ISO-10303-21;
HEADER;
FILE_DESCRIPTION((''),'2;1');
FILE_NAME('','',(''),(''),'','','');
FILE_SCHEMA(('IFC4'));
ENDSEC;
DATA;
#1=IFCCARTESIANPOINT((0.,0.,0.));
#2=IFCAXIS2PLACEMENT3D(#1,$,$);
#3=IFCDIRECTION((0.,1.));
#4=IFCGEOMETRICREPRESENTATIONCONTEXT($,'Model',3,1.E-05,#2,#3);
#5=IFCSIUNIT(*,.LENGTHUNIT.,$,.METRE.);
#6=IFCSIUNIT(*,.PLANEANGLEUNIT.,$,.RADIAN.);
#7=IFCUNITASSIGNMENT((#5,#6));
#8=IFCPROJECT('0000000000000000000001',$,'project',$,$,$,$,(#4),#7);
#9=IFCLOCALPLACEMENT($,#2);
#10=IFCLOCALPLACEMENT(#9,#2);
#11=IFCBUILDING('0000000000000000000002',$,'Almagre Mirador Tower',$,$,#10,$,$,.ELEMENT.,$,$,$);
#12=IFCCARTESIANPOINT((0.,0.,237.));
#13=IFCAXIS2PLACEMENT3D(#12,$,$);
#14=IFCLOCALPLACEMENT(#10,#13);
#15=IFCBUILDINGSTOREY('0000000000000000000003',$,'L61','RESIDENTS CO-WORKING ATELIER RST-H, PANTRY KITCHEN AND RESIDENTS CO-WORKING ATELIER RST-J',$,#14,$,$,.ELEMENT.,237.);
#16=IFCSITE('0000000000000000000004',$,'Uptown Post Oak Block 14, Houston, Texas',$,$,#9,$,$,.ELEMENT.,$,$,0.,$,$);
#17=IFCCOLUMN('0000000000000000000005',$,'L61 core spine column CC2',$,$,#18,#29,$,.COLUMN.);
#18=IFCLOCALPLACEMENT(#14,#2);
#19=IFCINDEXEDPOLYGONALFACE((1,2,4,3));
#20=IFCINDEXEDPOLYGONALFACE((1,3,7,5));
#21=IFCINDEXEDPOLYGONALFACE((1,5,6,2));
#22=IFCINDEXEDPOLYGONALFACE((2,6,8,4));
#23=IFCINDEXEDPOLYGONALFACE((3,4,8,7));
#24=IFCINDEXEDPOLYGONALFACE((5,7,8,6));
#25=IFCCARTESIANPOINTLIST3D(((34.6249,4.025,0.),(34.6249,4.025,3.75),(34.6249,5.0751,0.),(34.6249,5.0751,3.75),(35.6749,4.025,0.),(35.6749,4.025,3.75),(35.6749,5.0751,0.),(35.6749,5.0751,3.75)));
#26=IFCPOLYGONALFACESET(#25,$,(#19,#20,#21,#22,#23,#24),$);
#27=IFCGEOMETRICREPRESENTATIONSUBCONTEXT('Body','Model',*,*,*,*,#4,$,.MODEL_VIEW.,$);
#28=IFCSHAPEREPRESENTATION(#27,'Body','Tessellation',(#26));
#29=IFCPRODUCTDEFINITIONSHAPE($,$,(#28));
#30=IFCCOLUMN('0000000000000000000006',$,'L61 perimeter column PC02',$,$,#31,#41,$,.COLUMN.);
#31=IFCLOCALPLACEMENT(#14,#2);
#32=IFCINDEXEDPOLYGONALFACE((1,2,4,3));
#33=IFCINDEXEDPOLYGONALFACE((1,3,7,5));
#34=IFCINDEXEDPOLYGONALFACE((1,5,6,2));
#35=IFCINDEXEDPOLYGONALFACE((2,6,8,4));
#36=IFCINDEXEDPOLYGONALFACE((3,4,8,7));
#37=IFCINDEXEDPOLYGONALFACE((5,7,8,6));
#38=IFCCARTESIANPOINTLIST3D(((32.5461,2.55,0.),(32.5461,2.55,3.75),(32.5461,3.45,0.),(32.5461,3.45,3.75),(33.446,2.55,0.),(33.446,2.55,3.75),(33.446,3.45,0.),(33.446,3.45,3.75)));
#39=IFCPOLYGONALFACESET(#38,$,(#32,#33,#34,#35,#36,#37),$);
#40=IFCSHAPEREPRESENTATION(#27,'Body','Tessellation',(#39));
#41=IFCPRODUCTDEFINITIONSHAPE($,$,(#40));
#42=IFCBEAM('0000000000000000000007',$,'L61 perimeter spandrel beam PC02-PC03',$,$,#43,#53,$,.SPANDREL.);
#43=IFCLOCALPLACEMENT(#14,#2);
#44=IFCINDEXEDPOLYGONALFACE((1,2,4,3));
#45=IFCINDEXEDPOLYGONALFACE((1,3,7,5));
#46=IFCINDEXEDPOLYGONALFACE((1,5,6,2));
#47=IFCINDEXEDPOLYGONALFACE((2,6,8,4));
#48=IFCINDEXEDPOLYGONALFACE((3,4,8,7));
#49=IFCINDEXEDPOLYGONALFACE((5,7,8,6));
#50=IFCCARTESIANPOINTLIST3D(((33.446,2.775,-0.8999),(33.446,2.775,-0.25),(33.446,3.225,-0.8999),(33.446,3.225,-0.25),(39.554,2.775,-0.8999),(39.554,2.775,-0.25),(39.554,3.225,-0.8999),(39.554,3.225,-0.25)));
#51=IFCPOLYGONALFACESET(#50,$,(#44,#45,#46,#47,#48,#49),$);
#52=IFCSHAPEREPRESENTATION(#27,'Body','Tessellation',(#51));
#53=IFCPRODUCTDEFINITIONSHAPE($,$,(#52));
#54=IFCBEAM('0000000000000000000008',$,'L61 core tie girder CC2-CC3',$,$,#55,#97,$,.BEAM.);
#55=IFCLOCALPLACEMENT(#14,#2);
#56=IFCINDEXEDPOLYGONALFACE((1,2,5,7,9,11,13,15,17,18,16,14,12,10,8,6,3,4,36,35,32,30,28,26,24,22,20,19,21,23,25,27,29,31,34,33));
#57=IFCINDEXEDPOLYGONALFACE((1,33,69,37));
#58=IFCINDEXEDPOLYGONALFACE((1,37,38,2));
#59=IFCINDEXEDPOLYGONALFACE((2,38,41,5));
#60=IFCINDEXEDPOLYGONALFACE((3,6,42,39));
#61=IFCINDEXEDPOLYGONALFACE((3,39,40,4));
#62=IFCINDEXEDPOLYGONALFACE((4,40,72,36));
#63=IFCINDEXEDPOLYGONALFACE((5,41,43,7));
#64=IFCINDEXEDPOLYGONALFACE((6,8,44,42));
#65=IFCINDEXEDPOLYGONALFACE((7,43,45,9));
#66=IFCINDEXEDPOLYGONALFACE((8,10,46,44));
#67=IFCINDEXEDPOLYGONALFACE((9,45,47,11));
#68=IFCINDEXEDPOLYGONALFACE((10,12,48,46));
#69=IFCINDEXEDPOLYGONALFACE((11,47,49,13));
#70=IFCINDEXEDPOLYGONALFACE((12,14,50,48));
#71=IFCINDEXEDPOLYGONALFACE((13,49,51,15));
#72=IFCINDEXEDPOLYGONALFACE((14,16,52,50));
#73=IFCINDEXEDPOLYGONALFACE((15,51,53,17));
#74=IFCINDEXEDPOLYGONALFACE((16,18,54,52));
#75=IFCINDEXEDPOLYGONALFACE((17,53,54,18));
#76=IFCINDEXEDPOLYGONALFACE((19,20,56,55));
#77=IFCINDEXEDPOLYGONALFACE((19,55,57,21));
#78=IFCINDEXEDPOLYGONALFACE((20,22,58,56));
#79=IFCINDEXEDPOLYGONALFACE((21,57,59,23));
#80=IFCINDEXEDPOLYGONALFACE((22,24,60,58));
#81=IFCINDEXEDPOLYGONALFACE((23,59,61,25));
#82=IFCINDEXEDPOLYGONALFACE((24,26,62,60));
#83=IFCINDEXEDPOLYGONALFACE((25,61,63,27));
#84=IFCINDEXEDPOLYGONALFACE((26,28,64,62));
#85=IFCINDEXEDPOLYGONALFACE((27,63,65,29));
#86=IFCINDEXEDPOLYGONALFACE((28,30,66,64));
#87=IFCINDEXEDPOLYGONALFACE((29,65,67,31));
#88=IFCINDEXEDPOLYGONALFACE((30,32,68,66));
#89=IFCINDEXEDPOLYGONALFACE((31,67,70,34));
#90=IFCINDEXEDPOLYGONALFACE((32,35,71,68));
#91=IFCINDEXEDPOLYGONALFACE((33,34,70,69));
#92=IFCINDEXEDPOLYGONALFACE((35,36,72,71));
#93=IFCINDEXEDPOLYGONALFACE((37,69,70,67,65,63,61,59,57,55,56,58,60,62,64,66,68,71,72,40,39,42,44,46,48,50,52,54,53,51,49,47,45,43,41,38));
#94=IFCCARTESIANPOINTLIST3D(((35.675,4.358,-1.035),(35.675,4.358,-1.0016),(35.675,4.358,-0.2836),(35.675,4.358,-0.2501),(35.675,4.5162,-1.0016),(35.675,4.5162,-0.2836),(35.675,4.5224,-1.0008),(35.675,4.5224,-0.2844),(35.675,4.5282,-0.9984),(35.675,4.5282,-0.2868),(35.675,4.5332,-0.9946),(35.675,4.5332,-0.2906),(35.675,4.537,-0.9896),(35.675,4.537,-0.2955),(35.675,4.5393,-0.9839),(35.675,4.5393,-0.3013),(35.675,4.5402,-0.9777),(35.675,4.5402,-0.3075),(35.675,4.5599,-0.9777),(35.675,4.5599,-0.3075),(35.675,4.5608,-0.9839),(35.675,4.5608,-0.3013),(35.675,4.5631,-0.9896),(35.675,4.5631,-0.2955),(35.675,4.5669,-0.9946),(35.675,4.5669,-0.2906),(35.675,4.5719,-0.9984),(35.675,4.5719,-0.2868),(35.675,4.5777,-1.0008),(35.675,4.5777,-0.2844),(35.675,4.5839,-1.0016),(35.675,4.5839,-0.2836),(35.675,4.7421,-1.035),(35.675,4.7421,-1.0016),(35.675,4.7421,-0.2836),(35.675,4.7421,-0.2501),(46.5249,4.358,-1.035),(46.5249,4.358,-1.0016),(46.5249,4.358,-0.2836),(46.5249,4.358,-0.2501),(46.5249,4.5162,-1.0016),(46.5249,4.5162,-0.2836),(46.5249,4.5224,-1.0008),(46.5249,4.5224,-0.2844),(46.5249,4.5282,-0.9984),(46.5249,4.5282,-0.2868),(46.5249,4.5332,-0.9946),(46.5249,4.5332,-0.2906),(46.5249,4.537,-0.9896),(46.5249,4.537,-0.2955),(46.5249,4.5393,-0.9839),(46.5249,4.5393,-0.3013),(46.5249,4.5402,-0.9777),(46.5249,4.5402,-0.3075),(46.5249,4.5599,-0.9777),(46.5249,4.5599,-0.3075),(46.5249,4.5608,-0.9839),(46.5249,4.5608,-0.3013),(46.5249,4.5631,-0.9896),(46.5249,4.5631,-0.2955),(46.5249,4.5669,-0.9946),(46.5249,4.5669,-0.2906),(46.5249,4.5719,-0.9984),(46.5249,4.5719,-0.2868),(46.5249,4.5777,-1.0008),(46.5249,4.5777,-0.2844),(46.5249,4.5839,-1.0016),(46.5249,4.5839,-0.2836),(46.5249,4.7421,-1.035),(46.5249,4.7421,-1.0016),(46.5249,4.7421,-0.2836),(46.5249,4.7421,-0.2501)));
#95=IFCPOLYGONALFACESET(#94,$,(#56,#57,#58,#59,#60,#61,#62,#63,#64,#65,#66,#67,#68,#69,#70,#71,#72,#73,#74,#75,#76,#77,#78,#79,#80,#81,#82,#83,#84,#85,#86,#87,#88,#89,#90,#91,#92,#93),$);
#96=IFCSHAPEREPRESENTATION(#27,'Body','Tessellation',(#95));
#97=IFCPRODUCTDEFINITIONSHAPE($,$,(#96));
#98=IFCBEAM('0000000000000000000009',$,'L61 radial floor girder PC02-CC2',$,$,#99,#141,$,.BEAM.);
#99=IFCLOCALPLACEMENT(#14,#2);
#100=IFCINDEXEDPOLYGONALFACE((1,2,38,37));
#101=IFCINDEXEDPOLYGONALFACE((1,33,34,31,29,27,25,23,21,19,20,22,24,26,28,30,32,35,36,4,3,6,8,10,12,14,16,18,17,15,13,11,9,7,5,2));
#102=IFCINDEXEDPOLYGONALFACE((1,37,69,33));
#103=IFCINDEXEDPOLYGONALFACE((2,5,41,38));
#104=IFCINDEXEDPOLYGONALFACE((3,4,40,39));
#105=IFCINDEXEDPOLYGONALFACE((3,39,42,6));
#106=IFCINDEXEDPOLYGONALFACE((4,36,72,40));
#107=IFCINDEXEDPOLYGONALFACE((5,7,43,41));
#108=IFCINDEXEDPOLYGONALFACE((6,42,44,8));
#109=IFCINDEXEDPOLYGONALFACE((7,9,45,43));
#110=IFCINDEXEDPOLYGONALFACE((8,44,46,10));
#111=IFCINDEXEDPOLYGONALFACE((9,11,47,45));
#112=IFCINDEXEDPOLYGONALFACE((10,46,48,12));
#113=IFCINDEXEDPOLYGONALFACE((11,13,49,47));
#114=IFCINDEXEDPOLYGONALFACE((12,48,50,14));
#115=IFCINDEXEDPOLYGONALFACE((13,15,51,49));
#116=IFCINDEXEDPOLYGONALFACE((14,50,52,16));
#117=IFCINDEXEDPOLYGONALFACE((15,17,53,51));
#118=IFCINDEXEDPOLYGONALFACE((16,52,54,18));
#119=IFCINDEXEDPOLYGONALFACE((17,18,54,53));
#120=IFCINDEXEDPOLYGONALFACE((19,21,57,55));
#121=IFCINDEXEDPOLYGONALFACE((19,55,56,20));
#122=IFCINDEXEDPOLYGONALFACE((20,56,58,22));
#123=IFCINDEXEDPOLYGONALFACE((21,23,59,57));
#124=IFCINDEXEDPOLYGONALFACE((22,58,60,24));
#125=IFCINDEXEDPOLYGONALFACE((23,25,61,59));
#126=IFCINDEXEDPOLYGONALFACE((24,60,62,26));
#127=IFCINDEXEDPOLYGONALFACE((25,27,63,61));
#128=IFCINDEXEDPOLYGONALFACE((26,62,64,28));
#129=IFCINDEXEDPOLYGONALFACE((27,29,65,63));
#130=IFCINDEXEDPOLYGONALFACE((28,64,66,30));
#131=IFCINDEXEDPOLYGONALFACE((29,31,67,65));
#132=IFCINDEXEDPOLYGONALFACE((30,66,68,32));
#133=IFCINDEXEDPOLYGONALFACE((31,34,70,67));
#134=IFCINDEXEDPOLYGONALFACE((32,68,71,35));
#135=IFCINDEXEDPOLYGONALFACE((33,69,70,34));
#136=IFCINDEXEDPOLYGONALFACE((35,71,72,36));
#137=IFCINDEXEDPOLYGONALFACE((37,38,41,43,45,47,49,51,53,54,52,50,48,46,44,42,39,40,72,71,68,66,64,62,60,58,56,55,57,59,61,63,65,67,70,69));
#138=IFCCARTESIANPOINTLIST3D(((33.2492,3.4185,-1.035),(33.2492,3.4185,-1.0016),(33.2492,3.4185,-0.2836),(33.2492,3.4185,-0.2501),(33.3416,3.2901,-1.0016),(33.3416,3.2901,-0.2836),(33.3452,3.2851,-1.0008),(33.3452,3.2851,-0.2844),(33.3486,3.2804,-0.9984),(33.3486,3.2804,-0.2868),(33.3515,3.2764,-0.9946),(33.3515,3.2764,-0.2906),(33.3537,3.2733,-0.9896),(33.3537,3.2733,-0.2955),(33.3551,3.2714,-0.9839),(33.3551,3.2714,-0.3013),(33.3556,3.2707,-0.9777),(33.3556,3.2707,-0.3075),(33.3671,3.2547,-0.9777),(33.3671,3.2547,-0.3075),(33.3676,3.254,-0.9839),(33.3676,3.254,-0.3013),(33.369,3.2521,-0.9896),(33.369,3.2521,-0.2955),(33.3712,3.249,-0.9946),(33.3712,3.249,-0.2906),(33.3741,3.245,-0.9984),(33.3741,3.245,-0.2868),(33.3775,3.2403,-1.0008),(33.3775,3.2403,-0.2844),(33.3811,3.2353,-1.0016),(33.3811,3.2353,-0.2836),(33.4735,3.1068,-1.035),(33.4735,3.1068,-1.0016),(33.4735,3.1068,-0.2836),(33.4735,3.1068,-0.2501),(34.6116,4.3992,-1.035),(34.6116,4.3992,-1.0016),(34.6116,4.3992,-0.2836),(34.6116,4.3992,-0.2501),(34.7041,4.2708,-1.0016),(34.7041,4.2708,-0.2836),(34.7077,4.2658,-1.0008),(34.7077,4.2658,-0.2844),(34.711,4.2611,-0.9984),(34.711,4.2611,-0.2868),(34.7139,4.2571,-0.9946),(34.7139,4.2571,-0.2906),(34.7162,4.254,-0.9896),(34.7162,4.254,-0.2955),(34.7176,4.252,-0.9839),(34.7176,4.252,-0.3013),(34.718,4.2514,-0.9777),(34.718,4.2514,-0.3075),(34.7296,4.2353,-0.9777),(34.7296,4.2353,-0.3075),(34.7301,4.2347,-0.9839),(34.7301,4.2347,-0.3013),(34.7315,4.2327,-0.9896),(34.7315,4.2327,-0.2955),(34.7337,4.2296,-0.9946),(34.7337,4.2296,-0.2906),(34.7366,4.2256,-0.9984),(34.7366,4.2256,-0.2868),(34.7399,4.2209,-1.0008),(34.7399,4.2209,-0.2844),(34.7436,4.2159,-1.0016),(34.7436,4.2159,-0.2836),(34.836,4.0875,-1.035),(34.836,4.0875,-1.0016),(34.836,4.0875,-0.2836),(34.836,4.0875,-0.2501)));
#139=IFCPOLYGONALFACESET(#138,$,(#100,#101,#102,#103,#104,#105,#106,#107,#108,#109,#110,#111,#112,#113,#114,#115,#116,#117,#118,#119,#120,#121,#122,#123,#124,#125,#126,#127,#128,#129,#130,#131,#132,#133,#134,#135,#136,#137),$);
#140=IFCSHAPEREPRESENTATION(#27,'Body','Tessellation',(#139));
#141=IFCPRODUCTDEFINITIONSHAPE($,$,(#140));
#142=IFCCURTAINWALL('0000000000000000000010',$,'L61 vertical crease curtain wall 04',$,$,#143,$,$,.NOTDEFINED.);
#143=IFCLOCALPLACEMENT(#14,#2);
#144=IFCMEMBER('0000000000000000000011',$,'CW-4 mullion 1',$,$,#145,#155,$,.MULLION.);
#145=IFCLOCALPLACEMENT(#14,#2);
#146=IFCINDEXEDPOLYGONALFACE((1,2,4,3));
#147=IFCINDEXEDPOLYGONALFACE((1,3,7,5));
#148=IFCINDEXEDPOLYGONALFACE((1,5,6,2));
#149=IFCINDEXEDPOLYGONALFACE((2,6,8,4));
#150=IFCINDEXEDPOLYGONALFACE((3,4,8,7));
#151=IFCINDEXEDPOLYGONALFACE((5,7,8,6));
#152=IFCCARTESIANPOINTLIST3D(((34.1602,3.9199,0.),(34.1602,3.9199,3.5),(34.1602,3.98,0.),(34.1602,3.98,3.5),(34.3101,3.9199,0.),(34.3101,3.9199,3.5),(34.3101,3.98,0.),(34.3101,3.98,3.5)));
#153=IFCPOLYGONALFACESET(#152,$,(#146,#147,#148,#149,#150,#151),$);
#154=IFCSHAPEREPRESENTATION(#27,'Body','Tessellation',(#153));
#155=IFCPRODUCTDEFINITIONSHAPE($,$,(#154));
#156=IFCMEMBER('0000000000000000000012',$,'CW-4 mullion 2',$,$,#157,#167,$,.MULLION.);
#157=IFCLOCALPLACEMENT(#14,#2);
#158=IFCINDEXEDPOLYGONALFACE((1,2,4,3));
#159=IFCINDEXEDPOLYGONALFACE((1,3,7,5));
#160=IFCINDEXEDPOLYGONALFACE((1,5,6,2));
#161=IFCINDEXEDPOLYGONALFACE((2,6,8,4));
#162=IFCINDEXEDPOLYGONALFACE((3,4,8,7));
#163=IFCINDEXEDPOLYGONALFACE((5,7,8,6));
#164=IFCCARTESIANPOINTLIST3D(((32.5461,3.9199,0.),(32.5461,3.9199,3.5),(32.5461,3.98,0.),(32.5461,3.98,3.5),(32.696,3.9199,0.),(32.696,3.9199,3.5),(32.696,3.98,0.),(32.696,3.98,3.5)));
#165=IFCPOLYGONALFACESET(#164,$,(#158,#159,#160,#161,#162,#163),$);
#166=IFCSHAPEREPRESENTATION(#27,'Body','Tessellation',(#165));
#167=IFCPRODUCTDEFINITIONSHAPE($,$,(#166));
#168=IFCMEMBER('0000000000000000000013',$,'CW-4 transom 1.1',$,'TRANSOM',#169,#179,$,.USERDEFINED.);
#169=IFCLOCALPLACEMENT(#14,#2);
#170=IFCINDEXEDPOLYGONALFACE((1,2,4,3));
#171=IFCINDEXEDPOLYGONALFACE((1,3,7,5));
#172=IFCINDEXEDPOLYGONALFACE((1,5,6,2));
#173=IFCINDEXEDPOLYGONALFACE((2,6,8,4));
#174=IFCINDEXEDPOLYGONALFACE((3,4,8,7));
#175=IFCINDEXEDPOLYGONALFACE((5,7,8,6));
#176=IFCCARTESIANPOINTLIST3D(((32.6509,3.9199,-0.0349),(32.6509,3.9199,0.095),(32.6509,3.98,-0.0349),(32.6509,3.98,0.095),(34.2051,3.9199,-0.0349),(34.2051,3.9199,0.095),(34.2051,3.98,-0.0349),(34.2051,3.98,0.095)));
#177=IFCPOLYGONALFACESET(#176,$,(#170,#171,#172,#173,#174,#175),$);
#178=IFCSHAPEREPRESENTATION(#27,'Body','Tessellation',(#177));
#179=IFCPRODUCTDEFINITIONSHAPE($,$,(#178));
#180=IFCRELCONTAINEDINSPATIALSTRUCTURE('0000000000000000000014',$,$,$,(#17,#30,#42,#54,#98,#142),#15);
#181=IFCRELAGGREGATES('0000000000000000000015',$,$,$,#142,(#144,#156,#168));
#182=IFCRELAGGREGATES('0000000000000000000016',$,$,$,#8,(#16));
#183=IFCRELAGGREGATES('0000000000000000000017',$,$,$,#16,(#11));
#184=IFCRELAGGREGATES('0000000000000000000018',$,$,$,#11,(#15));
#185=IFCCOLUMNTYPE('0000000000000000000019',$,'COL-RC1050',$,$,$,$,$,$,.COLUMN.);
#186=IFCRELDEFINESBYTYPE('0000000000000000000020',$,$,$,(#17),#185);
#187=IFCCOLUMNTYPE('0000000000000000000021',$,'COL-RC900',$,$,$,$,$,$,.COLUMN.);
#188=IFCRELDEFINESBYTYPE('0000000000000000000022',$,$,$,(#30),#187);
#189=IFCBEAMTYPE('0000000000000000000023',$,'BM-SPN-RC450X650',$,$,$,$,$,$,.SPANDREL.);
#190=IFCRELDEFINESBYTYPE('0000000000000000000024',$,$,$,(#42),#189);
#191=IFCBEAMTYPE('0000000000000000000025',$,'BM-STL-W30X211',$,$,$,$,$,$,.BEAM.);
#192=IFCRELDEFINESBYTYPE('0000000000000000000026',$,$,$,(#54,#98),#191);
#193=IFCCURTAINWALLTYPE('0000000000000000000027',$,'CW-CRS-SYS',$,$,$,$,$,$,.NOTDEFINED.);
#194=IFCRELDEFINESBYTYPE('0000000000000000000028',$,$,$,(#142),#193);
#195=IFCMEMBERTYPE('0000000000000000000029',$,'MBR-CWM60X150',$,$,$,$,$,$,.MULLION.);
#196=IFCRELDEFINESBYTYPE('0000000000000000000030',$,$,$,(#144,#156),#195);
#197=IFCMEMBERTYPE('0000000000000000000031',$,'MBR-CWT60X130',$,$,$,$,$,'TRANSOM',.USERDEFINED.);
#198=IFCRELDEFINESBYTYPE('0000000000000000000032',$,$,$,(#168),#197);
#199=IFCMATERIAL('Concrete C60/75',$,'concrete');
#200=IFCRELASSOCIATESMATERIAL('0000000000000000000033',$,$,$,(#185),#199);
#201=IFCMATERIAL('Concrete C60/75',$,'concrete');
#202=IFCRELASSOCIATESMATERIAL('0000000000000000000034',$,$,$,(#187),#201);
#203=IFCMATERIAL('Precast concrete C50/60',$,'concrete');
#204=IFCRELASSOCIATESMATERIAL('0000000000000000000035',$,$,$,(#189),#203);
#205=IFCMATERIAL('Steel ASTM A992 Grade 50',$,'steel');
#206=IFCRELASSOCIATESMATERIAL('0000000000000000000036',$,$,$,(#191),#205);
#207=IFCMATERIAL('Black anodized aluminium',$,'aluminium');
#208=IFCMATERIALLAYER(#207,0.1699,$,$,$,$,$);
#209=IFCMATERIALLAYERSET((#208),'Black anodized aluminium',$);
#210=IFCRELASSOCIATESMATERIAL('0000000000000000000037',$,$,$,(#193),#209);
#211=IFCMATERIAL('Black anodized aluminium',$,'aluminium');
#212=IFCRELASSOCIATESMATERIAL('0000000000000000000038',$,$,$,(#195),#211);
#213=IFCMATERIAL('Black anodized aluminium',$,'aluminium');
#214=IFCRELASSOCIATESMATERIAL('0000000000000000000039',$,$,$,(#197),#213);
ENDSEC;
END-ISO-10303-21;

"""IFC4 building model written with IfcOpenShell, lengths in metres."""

from ifc_helpers import new_model, si_unit, direction, frame, origin, origin_2d, place, context, subcontext, project, spatial, rectangle, i_section, extrude, material, layer, layer_set, material_profile, profile_set, type_object, element, aggregate, save


model = new_model("IFC4")

# Units and contexts
model_context = context("Model", 3, precision=1e-05, world=origin(), true_north=direction((0.0, 1.0)))
body_context = subcontext(model_context, "Body", "Model", "MODEL_VIEW")
ifc_project = project(units=[si_unit("LENGTHUNIT", "METRE"), si_unit("PLANEANGLEUNIT", "RADIAN")], contexts=[model_context])

# Site, building, storey
site_placement = place(None, origin())
site = spatial("IfcSite", under=ifc_project, at=site_placement, Name="Uptown Post Oak Block 14, Houston, Texas", CompositionType="ELEMENT", RefElevation=0.0)
building_placement = place(site_placement, origin())
building = spatial("IfcBuilding", under=site, at=building_placement, Name="Almagre Mirador Tower", CompositionType="ELEMENT")
storey_placement = place(building_placement, frame((0.0, 0.0, 237.0)))
storey = spatial("IfcBuildingStorey", under=building, at=storey_placement, Name="L61", Description="RESIDENTS CO-WORKING ATELIER RST-H, PANTRY KITCHEN AND RESIDENTS CO-WORKING ATELIER RST-J", CompositionType="ELEMENT", Elevation=237.0)

# Columns
ifc_material_1 = material(Name="Concrete C60/75", Category="concrete")
ifc_material_profile_1 = material_profile(ifc_material_1, rectangle(XDim=1.05, YDim=1.05, at=origin_2d()), Name="RC1050X1050")
ifc_profile_set_1 = profile_set([ifc_material_profile_1], Name="Concrete C60/75")
column_type_1 = type_object("IfcColumnType", Name="COL-RC1050", PredefinedType="COLUMN", material=ifc_profile_set_1)
column_1_placement = place(storey_placement, frame((35.1499, 4.55, 0.0), z_axis=(0.0, 0.0, 1.0), x_axis=(1.0, 0.0, 0.0)))
element("IfcColumn", 1, at=column_1_placement, inside=storey, type_object=column_type_1, Name="L61 core spine column CC2", PredefinedType="COLUMN", context=body_context, shape_type="SweptSolid", body=[
    extrude(rectangle(XDim=1.05, YDim=1.05, at=origin_2d()), origin(), (0.0, 0.0, 1.0), 3.75),
])
ifc_material_2 = material(Name="Concrete C60/75", Category="concrete")
ifc_material_profile_2 = material_profile(ifc_material_2, rectangle(XDim=0.8999, YDim=0.8999, at=origin_2d()), Name="RC900X900")
ifc_profile_set_2 = profile_set([ifc_material_profile_2], Name="Concrete C60/75")
column_type_2 = type_object("IfcColumnType", Name="COL-RC900", PredefinedType="COLUMN", material=ifc_profile_set_2)
column_2_placement = place(storey_placement, frame((32.9961, 3.0, 0.0), z_axis=(0.0, 0.0, 1.0), x_axis=(1.0, 0.0, 0.0)))
element("IfcColumn", 2, at=column_2_placement, inside=storey, type_object=column_type_2, Name="L61 perimeter column PC02", PredefinedType="COLUMN", context=body_context, shape_type="SweptSolid", body=[
    extrude(rectangle(XDim=0.8999, YDim=0.8999, at=origin_2d()), origin(), (0.0, 0.0, 1.0), 3.75),
])

# Beams
ifc_material_3 = material(Name="Precast concrete C50/60", Category="concrete")
ifc_material_profile_3 = material_profile(ifc_material_3, rectangle(XDim=0.45, YDim=0.6499, at=origin_2d()), Name="RC450X650")
ifc_profile_set_3 = profile_set([ifc_material_profile_3], Name="Precast concrete C50/60")
beam_type_1 = type_object("IfcBeamType", Name="BM-SPN-RC450X650", PredefinedType="SPANDREL", material=ifc_profile_set_3)
beam_1_placement = place(storey_placement, frame((33.446, 3.0, -0.575), z_axis=(1.0, 0.0, 0.0), x_axis=(0.0, 1.0, 0.0)))
element("IfcBeam", 3, at=beam_1_placement, inside=storey, type_object=beam_type_1, Name="L61 perimeter spandrel beam PC02-PC03", PredefinedType="SPANDREL", context=body_context, shape_type="SweptSolid", body=[
    extrude(rectangle(XDim=0.45, YDim=0.6499, at=origin_2d()), origin(), (0.0, 0.0, 1.0), 6.1079),
])
ifc_material_4 = material(Name="Steel ASTM A992 Grade 50", Category="steel")
ifc_material_profile_4 = material_profile(ifc_material_4, i_section(OverallWidth=0.384, OverallDepth=0.7849, WebThickness=0.0198, FlangeThickness=0.0334, FilletRadius=0.0239, at=origin_2d()), Name="W30X211")
ifc_profile_set_4 = profile_set([ifc_material_profile_4], Name="Steel ASTM A992 Grade 50")
beam_type_2 = type_object("IfcBeamType", Name="BM-STL-W30X211", PredefinedType="BEAM", material=ifc_profile_set_4)
beam_2_placement = place(storey_placement, frame((35.675, 4.55, -0.6426), z_axis=(1.0, 0.0, 0.0), x_axis=(0.0, 1.0, 0.0)))
element("IfcBeam", 4, at=beam_2_placement, inside=storey, type_object=beam_type_2, Name="L61 core tie girder CC2-CC3", PredefinedType="BEAM", context=body_context, shape_type="SweptSolid", body=[
    extrude(i_section(OverallWidth=0.384, OverallDepth=0.7849, WebThickness=0.0198, FlangeThickness=0.0334, FilletRadius=0.0239, at=origin_2d()), origin(), (0.0, 0.0, 1.0), 10.8499),
])
beam_3_placement = place(storey_placement, frame((33.3613, 3.2627, -0.6426), z_axis=(0.811625, 0.584178, 0.0), x_axis=(-0.584178, 0.811625, 0.0)))
element("IfcBeam", 5, at=beam_3_placement, inside=storey, type_object=beam_type_2, Name="L61 radial floor girder PC02-CC2", PredefinedType="BEAM", context=body_context, shape_type="SweptSolid", body=[
    extrude(i_section(OverallWidth=0.384, OverallDepth=0.7849, WebThickness=0.0198, FlangeThickness=0.0334, FilletRadius=0.0239, at=origin_2d()), origin(), (0.0, 0.0, 1.0), 1.6787),
])

# Curtain wall, members
ifc_material_5 = material(Name="Black anodized aluminium", Category="aluminium")
ifc_layer_1 = layer(ifc_material_5, 0.1699)
ifc_layer_set_1 = layer_set([ifc_layer_1], Name="Black anodized aluminium")
curtain_wall_type = type_object("IfcCurtainWallType", Name="CW-CRS-SYS", PredefinedType="NOTDEFINED", material=ifc_layer_set_1)
curtain_wall_placement = place(storey_placement, origin())
curtain_wall = element("IfcCurtainWall", 6, at=curtain_wall_placement, inside=storey, type_object=curtain_wall_type, Name="L61 vertical crease curtain wall 04", PredefinedType="NOTDEFINED")
ifc_material_6 = material(Name="Black anodized aluminium", Category="aluminium")
ifc_material_profile_5 = material_profile(ifc_material_6, rectangle(XDim=0.0601, YDim=0.1499, at=origin_2d()), Name="CWM60X150")
ifc_profile_set_5 = profile_set([ifc_material_profile_5], Name="Black anodized aluminium")
member_type_1 = type_object("IfcMemberType", Name="MBR-CWM60X150", PredefinedType="MULLION", material=ifc_profile_set_5)
member_1_placement = place(storey_placement, frame((34.2351, 3.95, 0.0), z_axis=(0.0, 0.0, 1.0), x_axis=(0.0, -1.0, 0.0)))
member_1 = element("IfcMember", 7, at=member_1_placement, type_object=member_type_1, Name="CW-4 mullion 1", PredefinedType="MULLION", context=body_context, shape_type="SweptSolid", body=[
    extrude(rectangle(XDim=0.0601, YDim=0.1499, at=origin_2d()), origin(), (0.0, 0.0, 1.0), 3.5),
])
member_2_placement = place(storey_placement, frame((32.6211, 3.95, 0.0), z_axis=(0.0, 0.0, 1.0), x_axis=(0.0, -1.0, 0.0)))
member_2 = element("IfcMember", 8, at=member_2_placement, type_object=member_type_1, Name="CW-4 mullion 2", PredefinedType="MULLION", context=body_context, shape_type="SweptSolid", body=[
    extrude(rectangle(XDim=0.0601, YDim=0.1499, at=origin_2d()), origin(), (0.0, 0.0, 1.0), 3.5),
])
ifc_material_7 = material(Name="Black anodized aluminium", Category="aluminium")
ifc_material_profile_6 = material_profile(ifc_material_7, rectangle(XDim=0.0601, YDim=0.1299, at=origin_2d()), Name="CWT60X130")
ifc_profile_set_6 = profile_set([ifc_material_profile_6], Name="Black anodized aluminium")
member_type_2 = type_object("IfcMemberType", Name="MBR-CWT60X130", ElementType="TRANSOM", PredefinedType="USERDEFINED", material=ifc_profile_set_6)
member_3_placement = place(storey_placement, frame((34.2051, 3.95, 0.03), z_axis=(-1.0, 0.0, 0.0), x_axis=(0.0, -1.0, 0.0)))
member_3 = element("IfcMember", 9, at=member_3_placement, type_object=member_type_2, Name="CW-4 transom 1.1", ObjectType="TRANSOM", PredefinedType="USERDEFINED", context=body_context, shape_type="SweptSolid", body=[
    extrude(rectangle(XDim=0.0601, YDim=0.1299, at=origin_2d()), origin(), (0.0, 0.0, 1.0), 1.5542),
])
aggregate(curtain_wall, [member_1, member_2, member_3])

save(model, "model.ifc")
